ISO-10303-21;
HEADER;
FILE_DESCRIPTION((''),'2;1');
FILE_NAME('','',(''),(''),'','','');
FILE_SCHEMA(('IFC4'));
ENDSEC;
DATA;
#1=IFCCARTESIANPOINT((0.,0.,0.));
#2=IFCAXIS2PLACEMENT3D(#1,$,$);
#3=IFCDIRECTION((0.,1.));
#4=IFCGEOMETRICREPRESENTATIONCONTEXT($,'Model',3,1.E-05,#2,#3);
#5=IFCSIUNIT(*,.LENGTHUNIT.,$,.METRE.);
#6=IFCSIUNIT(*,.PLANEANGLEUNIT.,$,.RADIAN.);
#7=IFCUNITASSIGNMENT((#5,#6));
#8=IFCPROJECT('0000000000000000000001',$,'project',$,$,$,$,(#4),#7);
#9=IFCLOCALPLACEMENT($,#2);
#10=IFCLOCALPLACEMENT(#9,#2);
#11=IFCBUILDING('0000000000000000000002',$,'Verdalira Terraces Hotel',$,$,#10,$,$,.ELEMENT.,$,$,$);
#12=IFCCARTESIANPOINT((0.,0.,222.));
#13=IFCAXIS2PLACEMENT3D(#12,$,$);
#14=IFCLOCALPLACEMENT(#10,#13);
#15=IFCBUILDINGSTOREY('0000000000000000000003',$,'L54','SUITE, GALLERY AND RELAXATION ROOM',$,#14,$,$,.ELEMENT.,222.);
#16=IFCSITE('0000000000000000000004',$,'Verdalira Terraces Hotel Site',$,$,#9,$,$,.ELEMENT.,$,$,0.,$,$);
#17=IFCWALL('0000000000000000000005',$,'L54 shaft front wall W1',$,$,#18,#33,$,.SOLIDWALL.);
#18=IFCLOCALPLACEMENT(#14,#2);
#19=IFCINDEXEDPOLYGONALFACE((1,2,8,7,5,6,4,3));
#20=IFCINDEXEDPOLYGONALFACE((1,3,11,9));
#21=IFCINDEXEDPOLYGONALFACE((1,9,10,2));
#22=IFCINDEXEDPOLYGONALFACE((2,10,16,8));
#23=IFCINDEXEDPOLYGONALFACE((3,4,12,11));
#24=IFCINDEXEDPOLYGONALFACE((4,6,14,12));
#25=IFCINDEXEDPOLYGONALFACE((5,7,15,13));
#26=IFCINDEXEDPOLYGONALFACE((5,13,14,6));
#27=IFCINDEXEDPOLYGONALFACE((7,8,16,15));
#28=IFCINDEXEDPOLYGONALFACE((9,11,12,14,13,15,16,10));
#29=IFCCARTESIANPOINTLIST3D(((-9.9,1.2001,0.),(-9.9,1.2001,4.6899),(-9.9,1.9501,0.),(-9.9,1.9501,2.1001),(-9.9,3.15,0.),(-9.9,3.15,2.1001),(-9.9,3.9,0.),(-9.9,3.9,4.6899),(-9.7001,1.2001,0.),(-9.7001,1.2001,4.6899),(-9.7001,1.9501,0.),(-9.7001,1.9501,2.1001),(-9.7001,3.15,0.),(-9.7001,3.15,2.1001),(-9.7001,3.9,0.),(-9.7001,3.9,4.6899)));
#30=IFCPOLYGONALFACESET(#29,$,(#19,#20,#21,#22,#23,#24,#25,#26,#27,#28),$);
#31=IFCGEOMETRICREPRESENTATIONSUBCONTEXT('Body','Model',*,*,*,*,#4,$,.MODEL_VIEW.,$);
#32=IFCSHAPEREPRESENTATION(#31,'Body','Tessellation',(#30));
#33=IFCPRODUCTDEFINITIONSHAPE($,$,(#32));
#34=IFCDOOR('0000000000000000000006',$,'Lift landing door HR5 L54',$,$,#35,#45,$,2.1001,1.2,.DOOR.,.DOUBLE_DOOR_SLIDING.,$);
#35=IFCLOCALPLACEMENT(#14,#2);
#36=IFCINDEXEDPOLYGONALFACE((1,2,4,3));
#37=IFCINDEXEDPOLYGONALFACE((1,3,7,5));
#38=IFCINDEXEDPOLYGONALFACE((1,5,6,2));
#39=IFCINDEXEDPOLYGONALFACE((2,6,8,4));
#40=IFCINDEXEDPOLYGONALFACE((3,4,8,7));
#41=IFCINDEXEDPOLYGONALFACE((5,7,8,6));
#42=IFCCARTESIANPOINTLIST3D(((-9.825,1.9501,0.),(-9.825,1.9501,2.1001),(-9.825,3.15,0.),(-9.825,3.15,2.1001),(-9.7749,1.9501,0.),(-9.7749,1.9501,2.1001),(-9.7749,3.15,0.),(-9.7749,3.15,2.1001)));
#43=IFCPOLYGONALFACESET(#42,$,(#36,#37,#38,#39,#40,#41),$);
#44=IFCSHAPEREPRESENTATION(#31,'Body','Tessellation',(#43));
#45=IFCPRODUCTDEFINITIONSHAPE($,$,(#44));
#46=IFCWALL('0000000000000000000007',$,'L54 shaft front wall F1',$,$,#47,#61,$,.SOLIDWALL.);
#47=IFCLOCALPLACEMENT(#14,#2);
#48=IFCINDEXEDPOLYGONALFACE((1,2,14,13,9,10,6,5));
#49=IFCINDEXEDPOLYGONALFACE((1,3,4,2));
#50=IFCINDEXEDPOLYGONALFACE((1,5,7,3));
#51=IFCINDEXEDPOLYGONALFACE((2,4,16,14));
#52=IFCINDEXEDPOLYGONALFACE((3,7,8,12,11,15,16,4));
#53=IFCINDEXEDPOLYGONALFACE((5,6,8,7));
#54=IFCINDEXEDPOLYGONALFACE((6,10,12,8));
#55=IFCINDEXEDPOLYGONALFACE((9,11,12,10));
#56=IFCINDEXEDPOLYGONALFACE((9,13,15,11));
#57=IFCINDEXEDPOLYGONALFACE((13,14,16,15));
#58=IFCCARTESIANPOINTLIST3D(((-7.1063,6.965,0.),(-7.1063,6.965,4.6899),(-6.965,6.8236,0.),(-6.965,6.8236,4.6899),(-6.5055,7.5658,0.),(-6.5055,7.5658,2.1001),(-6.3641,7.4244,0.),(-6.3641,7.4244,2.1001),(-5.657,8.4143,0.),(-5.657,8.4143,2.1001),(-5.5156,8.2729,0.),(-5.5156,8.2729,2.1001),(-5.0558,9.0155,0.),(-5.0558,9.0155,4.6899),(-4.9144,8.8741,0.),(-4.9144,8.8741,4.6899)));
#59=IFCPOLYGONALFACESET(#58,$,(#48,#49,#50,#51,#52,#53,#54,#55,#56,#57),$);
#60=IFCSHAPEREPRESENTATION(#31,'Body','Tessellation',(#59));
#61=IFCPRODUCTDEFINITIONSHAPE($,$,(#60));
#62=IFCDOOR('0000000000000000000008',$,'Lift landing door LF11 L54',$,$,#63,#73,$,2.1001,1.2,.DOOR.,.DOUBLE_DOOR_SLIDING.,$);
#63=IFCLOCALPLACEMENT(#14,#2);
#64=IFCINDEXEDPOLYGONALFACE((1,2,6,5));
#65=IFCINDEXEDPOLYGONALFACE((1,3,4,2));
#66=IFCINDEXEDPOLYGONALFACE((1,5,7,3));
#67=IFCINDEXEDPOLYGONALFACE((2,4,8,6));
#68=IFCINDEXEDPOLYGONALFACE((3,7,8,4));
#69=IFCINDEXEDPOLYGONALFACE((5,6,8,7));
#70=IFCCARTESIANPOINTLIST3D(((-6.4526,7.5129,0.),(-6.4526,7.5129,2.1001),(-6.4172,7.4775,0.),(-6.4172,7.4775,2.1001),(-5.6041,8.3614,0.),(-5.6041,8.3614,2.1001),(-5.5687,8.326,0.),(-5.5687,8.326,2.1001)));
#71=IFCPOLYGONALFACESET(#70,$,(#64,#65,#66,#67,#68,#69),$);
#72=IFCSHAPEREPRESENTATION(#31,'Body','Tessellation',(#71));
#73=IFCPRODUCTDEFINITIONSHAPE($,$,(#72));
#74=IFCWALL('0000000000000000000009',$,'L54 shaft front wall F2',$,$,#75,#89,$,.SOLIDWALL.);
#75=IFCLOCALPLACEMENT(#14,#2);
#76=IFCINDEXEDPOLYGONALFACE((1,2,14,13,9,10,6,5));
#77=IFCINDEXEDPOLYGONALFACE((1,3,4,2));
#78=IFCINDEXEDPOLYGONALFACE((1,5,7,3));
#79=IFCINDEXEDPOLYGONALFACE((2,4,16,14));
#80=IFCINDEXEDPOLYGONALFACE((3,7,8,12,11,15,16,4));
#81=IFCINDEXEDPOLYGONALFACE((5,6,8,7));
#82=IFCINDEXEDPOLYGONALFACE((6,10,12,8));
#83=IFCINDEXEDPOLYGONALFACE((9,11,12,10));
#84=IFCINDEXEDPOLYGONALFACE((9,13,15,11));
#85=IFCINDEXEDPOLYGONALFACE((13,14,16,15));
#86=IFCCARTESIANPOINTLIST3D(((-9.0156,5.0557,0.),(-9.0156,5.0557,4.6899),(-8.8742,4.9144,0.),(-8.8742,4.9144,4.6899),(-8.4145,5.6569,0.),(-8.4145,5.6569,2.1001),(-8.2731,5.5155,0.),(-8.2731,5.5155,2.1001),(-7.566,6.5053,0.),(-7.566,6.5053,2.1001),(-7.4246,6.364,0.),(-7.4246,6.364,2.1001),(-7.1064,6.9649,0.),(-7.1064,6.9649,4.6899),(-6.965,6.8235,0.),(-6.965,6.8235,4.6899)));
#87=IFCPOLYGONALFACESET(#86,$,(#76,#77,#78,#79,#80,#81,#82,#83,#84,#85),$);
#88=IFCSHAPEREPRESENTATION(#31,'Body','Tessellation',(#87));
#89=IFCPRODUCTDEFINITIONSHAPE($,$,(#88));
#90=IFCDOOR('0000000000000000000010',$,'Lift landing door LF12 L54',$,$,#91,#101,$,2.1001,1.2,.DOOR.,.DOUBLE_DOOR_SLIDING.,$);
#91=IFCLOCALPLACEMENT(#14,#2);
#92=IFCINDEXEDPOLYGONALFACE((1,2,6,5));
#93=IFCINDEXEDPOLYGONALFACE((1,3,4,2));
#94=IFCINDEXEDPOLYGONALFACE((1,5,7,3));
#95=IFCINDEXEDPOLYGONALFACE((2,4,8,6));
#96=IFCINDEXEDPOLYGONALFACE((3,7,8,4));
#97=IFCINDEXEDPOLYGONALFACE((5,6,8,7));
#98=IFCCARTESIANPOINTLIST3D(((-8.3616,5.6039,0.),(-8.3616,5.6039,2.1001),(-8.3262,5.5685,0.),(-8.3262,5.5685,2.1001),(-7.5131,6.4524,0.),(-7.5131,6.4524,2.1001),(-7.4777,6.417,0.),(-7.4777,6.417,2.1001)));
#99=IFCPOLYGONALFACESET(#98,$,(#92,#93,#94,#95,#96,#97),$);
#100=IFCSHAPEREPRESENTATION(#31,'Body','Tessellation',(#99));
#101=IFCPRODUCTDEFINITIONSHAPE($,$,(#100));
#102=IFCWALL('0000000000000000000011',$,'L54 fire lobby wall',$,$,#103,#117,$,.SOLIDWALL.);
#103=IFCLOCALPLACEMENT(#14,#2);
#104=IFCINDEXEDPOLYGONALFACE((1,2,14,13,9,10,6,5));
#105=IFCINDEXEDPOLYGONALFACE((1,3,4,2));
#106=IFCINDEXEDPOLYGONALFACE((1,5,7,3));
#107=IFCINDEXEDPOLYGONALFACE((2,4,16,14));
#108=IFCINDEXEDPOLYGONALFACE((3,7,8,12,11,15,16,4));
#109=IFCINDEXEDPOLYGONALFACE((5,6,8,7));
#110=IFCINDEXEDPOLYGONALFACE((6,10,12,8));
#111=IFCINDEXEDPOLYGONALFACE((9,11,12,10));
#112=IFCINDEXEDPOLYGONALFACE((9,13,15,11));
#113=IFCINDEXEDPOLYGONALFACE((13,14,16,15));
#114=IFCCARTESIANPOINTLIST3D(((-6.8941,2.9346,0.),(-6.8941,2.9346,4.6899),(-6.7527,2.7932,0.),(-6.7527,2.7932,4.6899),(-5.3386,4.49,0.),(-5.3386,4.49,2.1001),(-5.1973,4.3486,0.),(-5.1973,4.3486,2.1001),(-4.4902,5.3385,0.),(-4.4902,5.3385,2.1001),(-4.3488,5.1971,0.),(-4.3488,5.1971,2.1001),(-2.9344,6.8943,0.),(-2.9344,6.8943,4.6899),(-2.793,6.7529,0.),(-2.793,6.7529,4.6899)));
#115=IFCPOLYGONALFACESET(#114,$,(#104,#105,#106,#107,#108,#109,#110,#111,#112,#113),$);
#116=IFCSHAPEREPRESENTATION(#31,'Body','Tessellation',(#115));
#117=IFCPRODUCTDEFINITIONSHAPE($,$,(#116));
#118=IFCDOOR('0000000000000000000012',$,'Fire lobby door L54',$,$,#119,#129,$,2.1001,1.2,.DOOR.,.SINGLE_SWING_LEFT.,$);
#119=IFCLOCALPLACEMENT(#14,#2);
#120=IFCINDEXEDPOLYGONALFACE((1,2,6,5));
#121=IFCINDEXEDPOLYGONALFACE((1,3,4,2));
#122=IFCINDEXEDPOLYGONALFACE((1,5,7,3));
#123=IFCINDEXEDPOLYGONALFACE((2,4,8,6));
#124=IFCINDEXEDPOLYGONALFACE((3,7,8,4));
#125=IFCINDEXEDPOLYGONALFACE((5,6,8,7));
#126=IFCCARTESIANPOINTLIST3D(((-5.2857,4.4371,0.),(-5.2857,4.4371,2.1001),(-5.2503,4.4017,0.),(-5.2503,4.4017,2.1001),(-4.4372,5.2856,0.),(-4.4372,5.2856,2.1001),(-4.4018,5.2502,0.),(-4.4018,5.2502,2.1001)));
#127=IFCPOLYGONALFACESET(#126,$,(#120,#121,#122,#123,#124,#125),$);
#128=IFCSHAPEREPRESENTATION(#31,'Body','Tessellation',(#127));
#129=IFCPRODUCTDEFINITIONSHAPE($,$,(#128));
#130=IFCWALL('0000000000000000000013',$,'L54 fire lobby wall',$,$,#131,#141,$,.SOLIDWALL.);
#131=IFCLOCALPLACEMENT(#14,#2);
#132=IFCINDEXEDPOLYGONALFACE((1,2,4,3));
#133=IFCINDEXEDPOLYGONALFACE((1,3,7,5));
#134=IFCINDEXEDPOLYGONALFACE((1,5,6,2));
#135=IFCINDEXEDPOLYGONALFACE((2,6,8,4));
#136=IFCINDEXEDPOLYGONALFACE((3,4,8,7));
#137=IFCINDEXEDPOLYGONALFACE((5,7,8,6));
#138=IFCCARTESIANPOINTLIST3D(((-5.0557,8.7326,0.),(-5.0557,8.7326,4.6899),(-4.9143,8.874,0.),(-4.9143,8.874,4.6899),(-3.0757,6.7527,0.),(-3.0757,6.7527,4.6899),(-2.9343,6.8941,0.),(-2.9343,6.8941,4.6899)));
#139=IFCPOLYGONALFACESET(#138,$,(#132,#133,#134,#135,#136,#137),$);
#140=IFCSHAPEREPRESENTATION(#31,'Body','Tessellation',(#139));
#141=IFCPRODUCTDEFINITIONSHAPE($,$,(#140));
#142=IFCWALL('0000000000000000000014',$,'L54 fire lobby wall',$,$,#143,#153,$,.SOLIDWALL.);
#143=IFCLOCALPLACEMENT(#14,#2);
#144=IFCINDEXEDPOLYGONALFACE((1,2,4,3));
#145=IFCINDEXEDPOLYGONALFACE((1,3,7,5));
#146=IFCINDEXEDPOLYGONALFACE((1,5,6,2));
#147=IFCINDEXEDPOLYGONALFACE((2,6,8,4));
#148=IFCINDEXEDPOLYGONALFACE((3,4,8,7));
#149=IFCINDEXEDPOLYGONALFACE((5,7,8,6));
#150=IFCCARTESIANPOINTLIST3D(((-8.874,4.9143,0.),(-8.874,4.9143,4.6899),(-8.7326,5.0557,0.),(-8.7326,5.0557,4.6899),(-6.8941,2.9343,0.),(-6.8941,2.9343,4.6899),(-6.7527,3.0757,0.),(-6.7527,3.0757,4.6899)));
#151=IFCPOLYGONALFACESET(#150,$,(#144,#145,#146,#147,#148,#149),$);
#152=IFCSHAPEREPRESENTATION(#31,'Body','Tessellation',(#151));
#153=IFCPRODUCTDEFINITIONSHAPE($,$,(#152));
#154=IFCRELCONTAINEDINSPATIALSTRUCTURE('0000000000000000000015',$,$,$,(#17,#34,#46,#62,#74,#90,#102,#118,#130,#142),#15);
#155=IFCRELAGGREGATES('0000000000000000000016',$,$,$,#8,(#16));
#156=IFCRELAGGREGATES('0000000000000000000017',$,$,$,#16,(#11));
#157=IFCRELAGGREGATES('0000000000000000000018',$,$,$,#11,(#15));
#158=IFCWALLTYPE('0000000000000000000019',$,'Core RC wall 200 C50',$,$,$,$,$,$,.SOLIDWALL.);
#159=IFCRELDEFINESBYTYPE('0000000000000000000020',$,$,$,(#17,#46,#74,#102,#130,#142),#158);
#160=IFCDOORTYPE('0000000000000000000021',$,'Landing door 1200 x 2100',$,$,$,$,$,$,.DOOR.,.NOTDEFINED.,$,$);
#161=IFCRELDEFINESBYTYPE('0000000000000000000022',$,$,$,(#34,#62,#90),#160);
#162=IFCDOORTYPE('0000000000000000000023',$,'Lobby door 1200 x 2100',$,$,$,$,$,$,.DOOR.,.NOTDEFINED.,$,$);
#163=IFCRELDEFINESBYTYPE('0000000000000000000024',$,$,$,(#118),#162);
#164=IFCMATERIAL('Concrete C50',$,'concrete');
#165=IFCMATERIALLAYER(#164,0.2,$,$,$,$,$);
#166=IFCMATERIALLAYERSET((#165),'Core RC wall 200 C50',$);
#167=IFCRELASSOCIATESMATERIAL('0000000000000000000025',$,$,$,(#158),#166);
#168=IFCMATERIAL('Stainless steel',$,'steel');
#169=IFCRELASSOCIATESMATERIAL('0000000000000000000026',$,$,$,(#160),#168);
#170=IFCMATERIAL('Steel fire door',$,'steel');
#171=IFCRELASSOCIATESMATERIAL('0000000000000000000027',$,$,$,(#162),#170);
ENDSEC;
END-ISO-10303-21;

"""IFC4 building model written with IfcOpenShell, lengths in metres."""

from ifc_helpers import new_model, si_unit, direction, frame, frame_2d, origin, place, context, subcontext, project, spatial, rectangle, extrude, material, layer, layer_set, type_object, element, fill, save


model = new_model("IFC4")

# Units and contexts
model_context = context("Model", 3, precision=1e-05, world=origin(), true_north=direction((0.0, 1.0)))
body_context = subcontext(model_context, "Body", "Model", "MODEL_VIEW")
ifc_project = project(units=[si_unit("LENGTHUNIT", "METRE"), si_unit("PLANEANGLEUNIT", "RADIAN")], contexts=[model_context])

# Site, building, storey
site_placement = place(None, origin())
site = spatial("IfcSite", under=ifc_project, at=site_placement, Name="Verdalira Terraces Hotel Site", CompositionType="ELEMENT", RefElevation=0.0)
building_placement = place(site_placement, origin())
building = spatial("IfcBuilding", under=site, at=building_placement, Name="Verdalira Terraces Hotel", CompositionType="ELEMENT")
storey_placement = place(building_placement, frame((0.0, 0.0, 222.0)))
storey = spatial("IfcBuildingStorey", under=building, at=storey_placement, Name="L54", Description="SUITE, GALLERY AND RELAXATION ROOM", CompositionType="ELEMENT", Elevation=222.0)

# Walls, openings, doors
ifc_material_1 = material(Name="Concrete C50", Category="concrete")
ifc_layer_1 = layer(ifc_material_1, 0.2)
ifc_layer_set_1 = layer_set([ifc_layer_1], Name="Core RC wall 200 C50")
wall_type_1 = type_object("IfcWallType", Name="Core RC wall 200 C50", PredefinedType="SOLIDWALL", material=ifc_layer_set_1)
wall_1_placement = place(storey_placement, frame((-9.8, 1.2, 0.0), z_axis=(0.0, 0.0, 1.0), x_axis=(0.0, 1.0, 0.0)))
wall_1 = element("IfcWall", 1, at=wall_1_placement, inside=storey, type_object=wall_type_1, Name="L54 shaft front wall W1", PredefinedType="SOLIDWALL", context=body_context, shape_type="SweptSolid", body=[
    extrude(rectangle(XDim=2.7, YDim=0.2, at=frame_2d((1.3501, 0.0))), origin(), (0.0, 0.0, 1.0), 4.6899),
])
opening_1_placement = place(wall_1_placement, frame((0.75, 0.0, 0.0)))
opening_1 = element("IfcOpeningElement", 2, at=opening_1_placement, cuts=wall_1, PredefinedType="OPENING", context=body_context, shape_type="SweptSolid", body=[
    extrude(rectangle(XDim=1.2, YDim=2.1001, at=frame_2d((0.6001, 1.05))), frame((0.0, 0.1099, 0.0), z_axis=(0.0, -1.0, 0.0), x_axis=(1.0, 0.0, 0.0)), (0.0, 0.0, 1.0), 0.22),
])
ifc_material_2 = material(Name="Stainless steel", Category="steel")
door_type_1 = type_object("IfcDoorType", Name="Landing door 1200 x 2100", OperationType="NOTDEFINED", PredefinedType="DOOR", material=ifc_material_2)
door_1_placement = place(opening_1_placement, origin())
door_1 = element("IfcDoor", 3, at=door_1_placement, inside=storey, type_object=door_type_1, Name="Lift landing door HR5 L54", OperationType="DOUBLE_DOOR_SLIDING", OverallHeight=2.1001, OverallWidth=1.2, PredefinedType="DOOR", context=body_context, shape_type="SweptSolid", body=[
    extrude(rectangle(XDim=1.2, YDim=2.1001, at=frame_2d((0.6001, 1.05))), frame((0.0, 0.0249, 0.0), z_axis=(0.0, -1.0, 0.0), x_axis=(1.0, 0.0, 0.0)), (0.0, 0.0, 1.0), 0.05),
])
fill(opening_1, door_1)
wall_2_placement = place(storey_placement, frame((-4.9851, 8.9448, 0.0), z_axis=(0.0, 0.0, 1.0), x_axis=(-0.707107, -0.707107, 0.0)))
wall_2 = element("IfcWall", 4, at=wall_2_placement, inside=storey, type_object=wall_type_1, Name="L54 shaft front wall F1", PredefinedType="SOLIDWALL", context=body_context, shape_type="SweptSolid", body=[
    extrude(rectangle(XDim=2.8999, YDim=0.2, at=frame_2d((1.45, 0.0))), origin(), (0.0, 0.0, 1.0), 4.6899),
])
opening_2_placement = place(wall_2_placement, frame((0.8501, 0.0, 0.0)))
opening_2 = element("IfcOpeningElement", 5, at=opening_2_placement, cuts=wall_2, PredefinedType="OPENING", context=body_context, shape_type="SweptSolid", body=[
    extrude(rectangle(XDim=1.2, YDim=2.1001, at=frame_2d((0.6001, 1.05))), frame((0.0, 0.1099, 0.0), z_axis=(0.0, -1.0, 0.0), x_axis=(1.0, 0.0, 0.0)), (0.0, 0.0, 1.0), 0.22),
])
door_2_placement = place(opening_2_placement, origin())
door_2 = element("IfcDoor", 6, at=door_2_placement, inside=storey, type_object=door_type_1, Name="Lift landing door LF11 L54", OperationType="DOUBLE_DOOR_SLIDING", OverallHeight=2.1001, OverallWidth=1.2, PredefinedType="DOOR", context=body_context, shape_type="SweptSolid", body=[
    extrude(rectangle(XDim=1.2, YDim=2.1001, at=frame_2d((0.6001, 1.05))), frame((0.0, 0.0249, 0.0), z_axis=(0.0, -1.0, 0.0), x_axis=(1.0, 0.0, 0.0)), (0.0, 0.0, 1.0), 0.05),
])
fill(opening_2, door_2)
wall_3_placement = place(storey_placement, frame((-7.0356, 6.8943, 0.0), z_axis=(0.0, 0.0, 1.0), x_axis=(-0.707107, -0.707107, 0.0)))
wall_3 = element("IfcWall", 7, at=wall_3_placement, inside=storey, type_object=wall_type_1, Name="L54 shaft front wall F2", PredefinedType="SOLIDWALL", context=body_context, shape_type="SweptSolid", body=[
    extrude(rectangle(XDim=2.7, YDim=0.2, at=frame_2d((1.3501, 0.0))), origin(), (0.0, 0.0, 1.0), 4.6899),
])
opening_3_placement = place(wall_3_placement, frame((0.6499, 0.0, 0.0)))
opening_3 = element("IfcOpeningElement", 8, at=opening_3_placement, cuts=wall_3, PredefinedType="OPENING", context=body_context, shape_type="SweptSolid", body=[
    extrude(rectangle(XDim=1.2, YDim=2.1001, at=frame_2d((0.6001, 1.05))), frame((0.0, 0.1099, 0.0), z_axis=(0.0, -1.0, 0.0), x_axis=(1.0, 0.0, 0.0)), (0.0, 0.0, 1.0), 0.22),
])
door_3_placement = place(opening_3_placement, origin())
door_3 = element("IfcDoor", 9, at=door_3_placement, inside=storey, type_object=door_type_1, Name="Lift landing door LF12 L54", OperationType="DOUBLE_DOOR_SLIDING", OverallHeight=2.1001, OverallWidth=1.2, PredefinedType="DOOR", context=body_context, shape_type="SweptSolid", body=[
    extrude(rectangle(XDim=1.2, YDim=2.1001, at=frame_2d((0.6001, 1.05))), frame((0.0, 0.0249, 0.0), z_axis=(0.0, -1.0, 0.0), x_axis=(1.0, 0.0, 0.0)), (0.0, 0.0, 1.0), 0.05),
])
fill(opening_3, door_3)
wall_4_placement = place(storey_placement, frame((-2.8638, 6.8235, 0.0), z_axis=(0.0, 0.0, 1.0), x_axis=(-0.707107, -0.707107, 0.0)))
wall_4 = element("IfcWall", 10, at=wall_4_placement, inside=storey, type_object=wall_type_1, Name="L54 fire lobby wall", PredefinedType="SOLIDWALL", context=body_context, shape_type="SweptSolid", body=[
    extrude(rectangle(XDim=5.5999, YDim=0.2, at=frame_2d((2.7998, 0.0))), origin(), (0.0, 0.0, 1.0), 4.6899),
])
opening_4_placement = place(wall_4_placement, frame((2.2, 0.0, 0.0)))
opening_4 = element("IfcOpeningElement", 11, at=opening_4_placement, cuts=wall_4, PredefinedType="OPENING", context=body_context, shape_type="SweptSolid", body=[
    extrude(rectangle(XDim=1.2, YDim=2.1001, at=frame_2d((0.6001, 1.05))), frame((0.0, 0.1099, 0.0), z_axis=(0.0, -1.0, 0.0), x_axis=(1.0, 0.0, 0.0)), (0.0, 0.0, 1.0), 0.22),
])
ifc_material_3 = material(Name="Steel fire door", Category="steel")
door_type_2 = type_object("IfcDoorType", Name="Lobby door 1200 x 2100", OperationType="NOTDEFINED", PredefinedType="DOOR", material=ifc_material_3)
door_4_placement = place(opening_4_placement, origin())
door_4 = element("IfcDoor", 12, at=door_4_placement, inside=storey, type_object=door_type_2, Name="Fire lobby door L54", OperationType="SINGLE_SWING_LEFT", OverallHeight=2.1001, OverallWidth=1.2, PredefinedType="DOOR", context=body_context, shape_type="SweptSolid", body=[
    extrude(rectangle(XDim=1.2, YDim=2.1001, at=frame_2d((0.6001, 1.05))), frame((0.0, 0.0249, 0.0), z_axis=(0.0, -1.0, 0.0), x_axis=(1.0, 0.0, 0.0)), (0.0, 0.0, 1.0), 0.05),
])
fill(opening_4, door_4)

# Walls
for number, where, z_axis, x_axis, name in (
    (13, (-3.0051, 6.8235, 0.0), (0.0, 0.0, 1.0), (-0.707107, 0.707107, 0.0), "L54 fire lobby wall"),
    (14, (-6.8235, 3.0051, 0.0), (0.0, 0.0, 1.0), (-0.707107, 0.707107, 0.0), "L54 fire lobby wall"),
):
    element("IfcWall", number, at=place(storey_placement, frame(where, z_axis=z_axis, x_axis=x_axis)), inside=storey, type_object=wall_type_1, Name=name, PredefinedType="SOLIDWALL", context=body_context, shape_type="SweptSolid", body=[
        extrude(rectangle(XDim=2.8, YDim=0.2, at=frame_2d((1.3999, 0.0))), origin(), (0.0, 0.0, 1.0), 4.6899),
    ])

save(model, "model.ifc")
